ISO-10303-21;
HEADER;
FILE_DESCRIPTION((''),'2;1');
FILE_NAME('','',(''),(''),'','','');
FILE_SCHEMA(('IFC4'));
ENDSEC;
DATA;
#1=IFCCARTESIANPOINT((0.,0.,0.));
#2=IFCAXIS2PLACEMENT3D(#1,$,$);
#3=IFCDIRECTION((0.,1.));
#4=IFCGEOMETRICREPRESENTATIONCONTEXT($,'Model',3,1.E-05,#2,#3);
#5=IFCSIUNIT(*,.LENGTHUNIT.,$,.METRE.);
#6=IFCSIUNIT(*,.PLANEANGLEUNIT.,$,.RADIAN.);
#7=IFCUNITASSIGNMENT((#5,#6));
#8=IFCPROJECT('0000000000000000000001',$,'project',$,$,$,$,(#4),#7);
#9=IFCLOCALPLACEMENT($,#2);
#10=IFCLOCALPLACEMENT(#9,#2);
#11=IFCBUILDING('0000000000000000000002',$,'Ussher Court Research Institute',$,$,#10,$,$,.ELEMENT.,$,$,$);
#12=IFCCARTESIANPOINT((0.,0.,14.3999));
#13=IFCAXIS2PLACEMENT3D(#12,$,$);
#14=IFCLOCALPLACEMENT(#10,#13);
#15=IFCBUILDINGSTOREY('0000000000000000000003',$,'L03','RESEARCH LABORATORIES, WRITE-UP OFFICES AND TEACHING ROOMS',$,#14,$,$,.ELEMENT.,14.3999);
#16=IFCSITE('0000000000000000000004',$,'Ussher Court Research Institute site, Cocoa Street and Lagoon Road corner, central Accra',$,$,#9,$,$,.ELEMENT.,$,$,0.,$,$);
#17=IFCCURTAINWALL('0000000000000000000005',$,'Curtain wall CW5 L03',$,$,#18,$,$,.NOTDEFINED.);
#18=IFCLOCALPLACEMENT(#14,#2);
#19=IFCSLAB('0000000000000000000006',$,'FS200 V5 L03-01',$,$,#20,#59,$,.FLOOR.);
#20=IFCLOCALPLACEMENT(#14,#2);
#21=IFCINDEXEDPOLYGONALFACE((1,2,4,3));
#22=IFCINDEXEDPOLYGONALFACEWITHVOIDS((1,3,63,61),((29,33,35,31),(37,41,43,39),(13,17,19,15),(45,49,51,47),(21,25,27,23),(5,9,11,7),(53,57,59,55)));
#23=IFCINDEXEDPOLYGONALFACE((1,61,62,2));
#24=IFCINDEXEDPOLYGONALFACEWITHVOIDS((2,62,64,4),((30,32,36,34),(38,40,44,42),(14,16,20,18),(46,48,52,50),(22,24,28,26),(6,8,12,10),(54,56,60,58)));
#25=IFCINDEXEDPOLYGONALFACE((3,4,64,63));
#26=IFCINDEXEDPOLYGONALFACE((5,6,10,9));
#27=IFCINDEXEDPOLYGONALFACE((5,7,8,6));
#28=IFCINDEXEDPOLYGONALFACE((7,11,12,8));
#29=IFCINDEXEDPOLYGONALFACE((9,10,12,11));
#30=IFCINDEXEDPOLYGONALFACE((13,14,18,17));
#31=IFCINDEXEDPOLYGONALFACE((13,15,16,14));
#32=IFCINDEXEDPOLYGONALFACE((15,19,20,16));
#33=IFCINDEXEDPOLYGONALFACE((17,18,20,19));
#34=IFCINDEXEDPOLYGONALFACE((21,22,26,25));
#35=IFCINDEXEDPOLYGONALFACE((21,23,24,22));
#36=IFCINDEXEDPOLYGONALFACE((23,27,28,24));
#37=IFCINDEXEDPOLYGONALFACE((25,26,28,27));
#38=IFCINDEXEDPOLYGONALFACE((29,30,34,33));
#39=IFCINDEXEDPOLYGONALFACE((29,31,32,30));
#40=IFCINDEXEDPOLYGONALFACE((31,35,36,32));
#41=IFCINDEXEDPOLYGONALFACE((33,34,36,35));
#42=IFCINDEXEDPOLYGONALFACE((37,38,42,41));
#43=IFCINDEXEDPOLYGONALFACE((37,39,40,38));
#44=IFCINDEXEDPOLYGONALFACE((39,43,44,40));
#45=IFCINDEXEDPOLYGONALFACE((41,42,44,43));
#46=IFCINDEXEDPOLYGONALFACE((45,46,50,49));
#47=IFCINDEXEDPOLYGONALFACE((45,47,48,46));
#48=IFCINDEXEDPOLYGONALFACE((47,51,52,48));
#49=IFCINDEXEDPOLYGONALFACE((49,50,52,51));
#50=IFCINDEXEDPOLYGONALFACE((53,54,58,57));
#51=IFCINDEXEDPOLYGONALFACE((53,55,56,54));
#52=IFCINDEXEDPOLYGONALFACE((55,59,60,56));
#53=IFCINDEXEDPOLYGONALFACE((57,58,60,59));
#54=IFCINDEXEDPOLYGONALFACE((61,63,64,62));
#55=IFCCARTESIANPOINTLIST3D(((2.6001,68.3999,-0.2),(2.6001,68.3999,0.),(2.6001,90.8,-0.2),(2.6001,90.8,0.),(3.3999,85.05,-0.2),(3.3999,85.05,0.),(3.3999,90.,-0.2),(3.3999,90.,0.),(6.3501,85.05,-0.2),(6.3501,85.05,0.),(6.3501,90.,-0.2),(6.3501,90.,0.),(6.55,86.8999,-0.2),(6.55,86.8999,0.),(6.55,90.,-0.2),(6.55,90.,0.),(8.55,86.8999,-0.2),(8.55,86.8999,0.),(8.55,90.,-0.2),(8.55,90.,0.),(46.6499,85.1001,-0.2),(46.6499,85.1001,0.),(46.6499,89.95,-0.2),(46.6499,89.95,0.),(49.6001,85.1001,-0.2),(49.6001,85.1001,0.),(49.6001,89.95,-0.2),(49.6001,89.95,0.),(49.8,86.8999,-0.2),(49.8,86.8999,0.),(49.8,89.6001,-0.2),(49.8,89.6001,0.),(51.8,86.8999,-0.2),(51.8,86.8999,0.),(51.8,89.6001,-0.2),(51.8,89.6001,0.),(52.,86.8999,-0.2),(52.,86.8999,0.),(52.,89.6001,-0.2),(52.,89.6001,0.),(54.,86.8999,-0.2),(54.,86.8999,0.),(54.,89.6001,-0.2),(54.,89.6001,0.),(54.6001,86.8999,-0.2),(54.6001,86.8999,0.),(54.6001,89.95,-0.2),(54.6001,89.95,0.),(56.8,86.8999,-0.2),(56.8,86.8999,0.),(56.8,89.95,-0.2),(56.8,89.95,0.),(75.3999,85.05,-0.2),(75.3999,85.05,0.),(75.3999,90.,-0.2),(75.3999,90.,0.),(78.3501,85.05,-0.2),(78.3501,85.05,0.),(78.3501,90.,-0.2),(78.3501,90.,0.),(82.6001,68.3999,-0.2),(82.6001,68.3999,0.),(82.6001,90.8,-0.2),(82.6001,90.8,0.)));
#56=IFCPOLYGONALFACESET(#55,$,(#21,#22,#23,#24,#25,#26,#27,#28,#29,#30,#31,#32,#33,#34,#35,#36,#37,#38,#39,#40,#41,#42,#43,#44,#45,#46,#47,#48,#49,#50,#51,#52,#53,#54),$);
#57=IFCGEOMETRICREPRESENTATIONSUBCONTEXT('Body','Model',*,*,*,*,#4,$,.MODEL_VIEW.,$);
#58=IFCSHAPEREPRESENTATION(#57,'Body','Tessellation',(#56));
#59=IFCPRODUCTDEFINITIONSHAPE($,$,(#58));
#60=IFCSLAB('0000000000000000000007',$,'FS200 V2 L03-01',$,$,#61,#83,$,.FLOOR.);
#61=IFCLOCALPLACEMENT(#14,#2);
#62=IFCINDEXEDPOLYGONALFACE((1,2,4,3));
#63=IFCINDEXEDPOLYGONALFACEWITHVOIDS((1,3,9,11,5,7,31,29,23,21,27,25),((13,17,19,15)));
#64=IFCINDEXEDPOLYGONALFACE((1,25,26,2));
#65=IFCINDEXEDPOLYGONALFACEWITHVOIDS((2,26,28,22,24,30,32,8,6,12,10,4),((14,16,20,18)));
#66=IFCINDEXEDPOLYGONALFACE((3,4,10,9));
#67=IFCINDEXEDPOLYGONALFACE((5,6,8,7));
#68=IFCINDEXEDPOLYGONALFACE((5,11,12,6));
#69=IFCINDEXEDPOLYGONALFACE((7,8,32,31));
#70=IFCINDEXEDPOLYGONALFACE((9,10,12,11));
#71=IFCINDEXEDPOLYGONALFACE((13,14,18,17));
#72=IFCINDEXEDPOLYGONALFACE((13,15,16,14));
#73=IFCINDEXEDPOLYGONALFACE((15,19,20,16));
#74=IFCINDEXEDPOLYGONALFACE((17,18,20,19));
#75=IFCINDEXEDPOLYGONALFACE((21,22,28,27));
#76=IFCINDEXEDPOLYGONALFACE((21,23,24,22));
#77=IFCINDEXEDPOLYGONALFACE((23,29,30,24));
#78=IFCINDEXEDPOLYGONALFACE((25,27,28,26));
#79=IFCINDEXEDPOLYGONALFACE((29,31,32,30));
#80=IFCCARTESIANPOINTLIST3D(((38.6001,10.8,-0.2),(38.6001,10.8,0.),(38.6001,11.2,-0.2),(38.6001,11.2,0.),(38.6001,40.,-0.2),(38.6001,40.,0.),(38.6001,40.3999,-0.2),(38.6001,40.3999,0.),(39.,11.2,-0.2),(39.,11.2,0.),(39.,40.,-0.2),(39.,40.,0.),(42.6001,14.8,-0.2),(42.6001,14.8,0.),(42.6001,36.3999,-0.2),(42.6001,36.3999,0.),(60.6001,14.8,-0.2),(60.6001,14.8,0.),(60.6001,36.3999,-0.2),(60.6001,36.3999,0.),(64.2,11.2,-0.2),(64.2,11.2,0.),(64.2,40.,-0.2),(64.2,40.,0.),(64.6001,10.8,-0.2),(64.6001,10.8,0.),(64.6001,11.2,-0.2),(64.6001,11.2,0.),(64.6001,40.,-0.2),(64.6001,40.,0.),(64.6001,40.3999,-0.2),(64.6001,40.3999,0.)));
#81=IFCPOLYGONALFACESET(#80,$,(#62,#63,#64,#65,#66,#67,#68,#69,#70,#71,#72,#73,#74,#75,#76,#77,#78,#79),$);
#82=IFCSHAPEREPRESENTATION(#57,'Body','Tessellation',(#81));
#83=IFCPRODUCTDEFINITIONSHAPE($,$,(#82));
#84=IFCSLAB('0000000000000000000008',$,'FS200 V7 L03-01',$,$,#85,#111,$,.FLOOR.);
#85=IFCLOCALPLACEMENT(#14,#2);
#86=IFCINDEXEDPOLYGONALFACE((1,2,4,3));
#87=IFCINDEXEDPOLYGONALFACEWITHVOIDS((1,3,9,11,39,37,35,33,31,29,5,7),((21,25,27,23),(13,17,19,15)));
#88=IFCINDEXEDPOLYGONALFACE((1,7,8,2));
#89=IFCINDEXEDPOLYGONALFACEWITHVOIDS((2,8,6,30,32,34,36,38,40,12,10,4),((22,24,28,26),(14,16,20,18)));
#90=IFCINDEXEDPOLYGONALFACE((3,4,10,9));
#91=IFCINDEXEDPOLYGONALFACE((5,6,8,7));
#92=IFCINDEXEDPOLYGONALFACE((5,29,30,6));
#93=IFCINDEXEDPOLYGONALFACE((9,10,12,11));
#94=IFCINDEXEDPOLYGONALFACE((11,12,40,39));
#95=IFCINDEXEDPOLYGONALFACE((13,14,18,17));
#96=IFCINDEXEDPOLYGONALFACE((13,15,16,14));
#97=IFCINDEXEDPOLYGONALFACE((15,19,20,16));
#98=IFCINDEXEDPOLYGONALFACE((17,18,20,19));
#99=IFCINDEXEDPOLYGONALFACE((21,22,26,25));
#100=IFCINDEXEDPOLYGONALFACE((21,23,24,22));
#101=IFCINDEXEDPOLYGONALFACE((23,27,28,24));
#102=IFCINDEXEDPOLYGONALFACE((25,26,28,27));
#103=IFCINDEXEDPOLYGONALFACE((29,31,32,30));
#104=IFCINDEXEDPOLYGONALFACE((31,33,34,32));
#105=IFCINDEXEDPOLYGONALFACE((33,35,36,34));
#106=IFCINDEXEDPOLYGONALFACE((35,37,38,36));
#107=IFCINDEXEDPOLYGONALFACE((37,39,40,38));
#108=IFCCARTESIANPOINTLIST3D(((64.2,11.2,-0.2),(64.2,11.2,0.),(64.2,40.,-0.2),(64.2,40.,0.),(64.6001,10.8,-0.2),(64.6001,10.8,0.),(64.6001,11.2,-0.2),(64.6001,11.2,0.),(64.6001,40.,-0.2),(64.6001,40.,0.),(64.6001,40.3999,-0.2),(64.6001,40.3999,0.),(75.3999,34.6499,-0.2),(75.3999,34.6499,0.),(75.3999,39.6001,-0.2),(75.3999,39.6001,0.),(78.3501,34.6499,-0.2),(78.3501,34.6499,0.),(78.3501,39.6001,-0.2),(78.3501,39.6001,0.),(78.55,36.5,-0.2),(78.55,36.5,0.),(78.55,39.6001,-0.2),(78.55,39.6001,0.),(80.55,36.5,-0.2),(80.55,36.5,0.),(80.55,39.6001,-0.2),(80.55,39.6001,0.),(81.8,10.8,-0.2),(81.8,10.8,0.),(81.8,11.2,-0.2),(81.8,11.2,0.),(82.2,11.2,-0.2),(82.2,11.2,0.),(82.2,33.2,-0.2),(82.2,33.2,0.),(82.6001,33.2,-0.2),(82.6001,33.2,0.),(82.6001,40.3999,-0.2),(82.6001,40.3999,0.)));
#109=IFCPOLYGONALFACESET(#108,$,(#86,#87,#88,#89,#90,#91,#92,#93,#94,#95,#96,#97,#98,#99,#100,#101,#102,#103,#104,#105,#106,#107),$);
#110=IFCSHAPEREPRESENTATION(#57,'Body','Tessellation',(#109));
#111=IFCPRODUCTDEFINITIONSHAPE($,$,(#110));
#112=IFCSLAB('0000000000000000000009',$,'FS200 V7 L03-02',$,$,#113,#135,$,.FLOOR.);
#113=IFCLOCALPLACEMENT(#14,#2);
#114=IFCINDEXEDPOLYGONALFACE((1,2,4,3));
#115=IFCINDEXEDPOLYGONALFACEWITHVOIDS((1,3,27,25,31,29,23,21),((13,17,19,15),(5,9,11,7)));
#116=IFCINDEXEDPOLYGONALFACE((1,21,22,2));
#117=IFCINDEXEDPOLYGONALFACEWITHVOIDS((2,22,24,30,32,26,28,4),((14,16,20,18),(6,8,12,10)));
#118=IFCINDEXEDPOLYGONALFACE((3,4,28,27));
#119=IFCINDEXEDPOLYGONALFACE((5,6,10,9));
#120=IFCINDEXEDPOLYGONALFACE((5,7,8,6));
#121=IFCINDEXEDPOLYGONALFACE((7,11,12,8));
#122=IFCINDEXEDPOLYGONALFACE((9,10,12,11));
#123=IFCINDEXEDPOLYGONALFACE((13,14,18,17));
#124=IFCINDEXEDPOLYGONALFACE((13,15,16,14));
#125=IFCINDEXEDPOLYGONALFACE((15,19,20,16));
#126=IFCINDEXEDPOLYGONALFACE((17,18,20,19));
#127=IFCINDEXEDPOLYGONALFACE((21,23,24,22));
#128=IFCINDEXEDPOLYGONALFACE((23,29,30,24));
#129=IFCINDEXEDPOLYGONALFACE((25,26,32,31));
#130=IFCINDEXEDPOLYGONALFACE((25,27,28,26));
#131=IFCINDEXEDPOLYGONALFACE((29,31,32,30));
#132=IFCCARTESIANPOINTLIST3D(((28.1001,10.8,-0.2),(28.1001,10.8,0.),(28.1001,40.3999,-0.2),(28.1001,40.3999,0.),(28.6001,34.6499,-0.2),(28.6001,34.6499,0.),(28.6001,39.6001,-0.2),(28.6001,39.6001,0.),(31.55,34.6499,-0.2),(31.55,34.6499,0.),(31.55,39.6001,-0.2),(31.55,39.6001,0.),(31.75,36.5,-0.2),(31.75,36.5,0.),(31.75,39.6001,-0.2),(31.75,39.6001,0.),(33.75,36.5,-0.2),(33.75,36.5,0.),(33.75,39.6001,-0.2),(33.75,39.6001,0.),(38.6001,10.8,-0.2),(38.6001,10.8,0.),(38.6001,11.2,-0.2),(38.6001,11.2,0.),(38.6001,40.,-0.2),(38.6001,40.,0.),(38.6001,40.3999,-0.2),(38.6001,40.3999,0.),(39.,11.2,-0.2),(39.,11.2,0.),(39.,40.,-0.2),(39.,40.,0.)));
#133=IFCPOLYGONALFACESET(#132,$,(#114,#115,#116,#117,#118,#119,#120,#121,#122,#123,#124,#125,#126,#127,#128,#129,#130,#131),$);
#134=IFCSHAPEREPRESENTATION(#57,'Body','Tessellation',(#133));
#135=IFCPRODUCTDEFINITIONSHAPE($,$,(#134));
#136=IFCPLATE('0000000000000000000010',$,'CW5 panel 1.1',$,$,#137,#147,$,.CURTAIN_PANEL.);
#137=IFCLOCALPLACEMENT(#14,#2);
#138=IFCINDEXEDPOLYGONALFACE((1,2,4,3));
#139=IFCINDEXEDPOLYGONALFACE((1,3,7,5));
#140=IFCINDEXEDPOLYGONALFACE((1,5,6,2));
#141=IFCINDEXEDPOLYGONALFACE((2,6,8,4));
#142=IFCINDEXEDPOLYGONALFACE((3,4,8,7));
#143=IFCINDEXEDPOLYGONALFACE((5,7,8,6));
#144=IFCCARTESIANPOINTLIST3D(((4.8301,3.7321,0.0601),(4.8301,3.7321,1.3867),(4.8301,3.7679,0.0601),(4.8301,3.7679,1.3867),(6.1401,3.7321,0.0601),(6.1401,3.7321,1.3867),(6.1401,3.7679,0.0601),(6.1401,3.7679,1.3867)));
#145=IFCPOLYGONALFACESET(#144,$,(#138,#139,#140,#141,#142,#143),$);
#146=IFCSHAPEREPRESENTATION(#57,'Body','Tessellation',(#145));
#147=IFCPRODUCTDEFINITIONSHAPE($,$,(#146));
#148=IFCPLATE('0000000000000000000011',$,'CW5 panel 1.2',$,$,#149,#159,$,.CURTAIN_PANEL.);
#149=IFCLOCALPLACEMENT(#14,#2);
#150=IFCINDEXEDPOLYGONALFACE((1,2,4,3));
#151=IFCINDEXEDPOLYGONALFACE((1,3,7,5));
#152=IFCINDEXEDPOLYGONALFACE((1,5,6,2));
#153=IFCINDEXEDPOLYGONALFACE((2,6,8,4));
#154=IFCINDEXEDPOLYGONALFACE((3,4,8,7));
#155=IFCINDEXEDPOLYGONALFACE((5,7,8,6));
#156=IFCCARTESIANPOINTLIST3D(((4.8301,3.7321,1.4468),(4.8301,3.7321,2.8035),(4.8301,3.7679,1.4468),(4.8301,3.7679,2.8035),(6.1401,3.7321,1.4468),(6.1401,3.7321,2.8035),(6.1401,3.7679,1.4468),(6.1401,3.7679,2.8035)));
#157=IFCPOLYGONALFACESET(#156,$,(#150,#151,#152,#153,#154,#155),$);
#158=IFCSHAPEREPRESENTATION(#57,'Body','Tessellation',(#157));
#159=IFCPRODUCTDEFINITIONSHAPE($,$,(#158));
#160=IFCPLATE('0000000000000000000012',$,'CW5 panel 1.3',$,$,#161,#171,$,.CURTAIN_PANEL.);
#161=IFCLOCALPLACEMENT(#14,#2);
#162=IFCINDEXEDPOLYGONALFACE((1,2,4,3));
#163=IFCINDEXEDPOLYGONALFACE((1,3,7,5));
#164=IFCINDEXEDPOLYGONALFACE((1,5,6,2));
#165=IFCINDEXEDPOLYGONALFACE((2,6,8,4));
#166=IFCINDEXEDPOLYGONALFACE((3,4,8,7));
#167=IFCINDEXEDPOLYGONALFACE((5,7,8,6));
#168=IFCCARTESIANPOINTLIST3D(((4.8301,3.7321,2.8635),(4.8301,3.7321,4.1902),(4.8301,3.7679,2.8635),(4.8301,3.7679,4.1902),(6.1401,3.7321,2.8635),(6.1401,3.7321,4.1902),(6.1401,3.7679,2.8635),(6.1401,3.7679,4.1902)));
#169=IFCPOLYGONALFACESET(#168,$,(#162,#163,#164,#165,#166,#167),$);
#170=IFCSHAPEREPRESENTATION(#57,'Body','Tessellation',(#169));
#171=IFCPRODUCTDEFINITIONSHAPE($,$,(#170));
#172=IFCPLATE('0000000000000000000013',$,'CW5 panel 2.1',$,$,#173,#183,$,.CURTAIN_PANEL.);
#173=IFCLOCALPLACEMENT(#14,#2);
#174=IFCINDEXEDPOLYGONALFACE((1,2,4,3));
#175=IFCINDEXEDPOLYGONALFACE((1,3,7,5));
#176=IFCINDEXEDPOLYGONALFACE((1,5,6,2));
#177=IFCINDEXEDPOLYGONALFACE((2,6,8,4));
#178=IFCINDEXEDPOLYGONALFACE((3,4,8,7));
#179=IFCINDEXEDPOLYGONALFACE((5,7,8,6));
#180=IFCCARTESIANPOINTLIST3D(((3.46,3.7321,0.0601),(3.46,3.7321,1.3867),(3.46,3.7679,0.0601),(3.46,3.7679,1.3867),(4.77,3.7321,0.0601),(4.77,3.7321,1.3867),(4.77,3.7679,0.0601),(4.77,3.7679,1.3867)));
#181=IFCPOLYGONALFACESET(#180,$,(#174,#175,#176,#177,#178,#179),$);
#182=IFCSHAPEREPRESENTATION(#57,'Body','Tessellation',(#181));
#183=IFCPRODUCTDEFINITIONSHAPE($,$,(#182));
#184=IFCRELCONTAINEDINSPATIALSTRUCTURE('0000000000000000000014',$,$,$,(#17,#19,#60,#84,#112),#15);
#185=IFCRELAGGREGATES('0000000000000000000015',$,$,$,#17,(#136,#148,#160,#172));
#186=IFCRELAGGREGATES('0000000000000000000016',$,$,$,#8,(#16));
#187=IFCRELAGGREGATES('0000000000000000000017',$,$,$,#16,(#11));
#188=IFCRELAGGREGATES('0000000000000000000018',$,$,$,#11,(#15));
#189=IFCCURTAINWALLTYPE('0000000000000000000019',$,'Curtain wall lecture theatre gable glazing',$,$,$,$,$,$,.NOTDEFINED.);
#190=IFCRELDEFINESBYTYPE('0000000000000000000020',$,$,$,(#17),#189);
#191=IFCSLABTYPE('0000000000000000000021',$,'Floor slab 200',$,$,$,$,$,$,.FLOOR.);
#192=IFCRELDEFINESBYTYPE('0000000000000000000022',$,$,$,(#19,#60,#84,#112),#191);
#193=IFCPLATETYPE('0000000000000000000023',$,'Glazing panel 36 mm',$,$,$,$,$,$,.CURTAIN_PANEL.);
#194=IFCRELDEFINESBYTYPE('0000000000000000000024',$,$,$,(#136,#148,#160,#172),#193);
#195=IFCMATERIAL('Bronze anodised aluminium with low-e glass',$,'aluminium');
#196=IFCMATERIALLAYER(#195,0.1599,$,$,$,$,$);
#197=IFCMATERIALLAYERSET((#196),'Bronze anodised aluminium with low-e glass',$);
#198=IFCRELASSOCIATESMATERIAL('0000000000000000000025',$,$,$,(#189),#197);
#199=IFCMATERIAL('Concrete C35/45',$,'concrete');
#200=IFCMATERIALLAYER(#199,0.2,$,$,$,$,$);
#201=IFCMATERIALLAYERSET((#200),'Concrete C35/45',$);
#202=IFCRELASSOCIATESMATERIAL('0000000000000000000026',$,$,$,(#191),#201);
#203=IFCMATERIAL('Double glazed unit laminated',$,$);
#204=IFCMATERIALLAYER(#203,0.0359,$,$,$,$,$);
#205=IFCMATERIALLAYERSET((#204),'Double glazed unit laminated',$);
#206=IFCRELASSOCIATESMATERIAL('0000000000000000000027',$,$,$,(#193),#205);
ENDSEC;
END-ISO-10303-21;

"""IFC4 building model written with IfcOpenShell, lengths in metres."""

from ifc_helpers import new_model, si_unit, direction, frame, origin, origin_2d, place, context, subcontext, project, spatial, polyline, rectangle, outline, extrude, material, layer, layer_set, type_object, element, aggregate, save


model = new_model("IFC4")

# Units and contexts
model_context = context("Model", 3, precision=1e-05, world=origin(), true_north=direction((0.0, 1.0)))
body_context = subcontext(model_context, "Body", "Model", "MODEL_VIEW")
ifc_project = project(units=[si_unit("LENGTHUNIT", "METRE"), si_unit("PLANEANGLEUNIT", "RADIAN")], contexts=[model_context])

# Site, building, storey
site_placement = place(None, origin())
site = spatial("IfcSite", under=ifc_project, at=site_placement, Name="Ussher Court Research Institute site, Cocoa Street and Lagoon Road corner, central Accra", CompositionType="ELEMENT", RefElevation=0.0)
building_placement = place(site_placement, origin())
building = spatial("IfcBuilding", under=site, at=building_placement, Name="Ussher Court Research Institute", CompositionType="ELEMENT")
storey_placement = place(building_placement, frame((0.0, 0.0, 14.3999)))
storey = spatial("IfcBuildingStorey", under=building, at=storey_placement, Name="L03", Description="RESEARCH LABORATORIES, WRITE-UP OFFICES AND TEACHING ROOMS", CompositionType="ELEMENT", Elevation=14.3999)

# Curtain wall
ifc_material_1 = material(Name="Bronze anodised aluminium with low-e glass", Category="aluminium")
ifc_layer_1 = layer(ifc_material_1, 0.1599)
ifc_layer_set_1 = layer_set([ifc_layer_1], Name="Bronze anodised aluminium with low-e glass")
curtain_wall_type = type_object("IfcCurtainWallType", Name="Curtain wall lecture theatre gable glazing", PredefinedType="NOTDEFINED", material=ifc_layer_set_1)
curtain_wall_placement = place(storey_placement, origin())
curtain_wall = element("IfcCurtainWall", 1, at=curtain_wall_placement, inside=storey, type_object=curtain_wall_type, Name="Curtain wall CW5 L03", PredefinedType="NOTDEFINED")

# Slabs
ifc_material_2 = material(Name="Concrete C35/45", Category="concrete")
ifc_layer_2 = layer(ifc_material_2, 0.2)
ifc_layer_set_2 = layer_set([ifc_layer_2], Name="Concrete C35/45")
slab_type_1 = type_object("IfcSlabType", Name="Floor slab 200", PredefinedType="FLOOR", material=ifc_layer_set_2)
slab_1_placement = place(storey_placement, frame((0.0, 0.0, -0.2)))
element("IfcSlab", 2, at=slab_1_placement, inside=storey, type_object=slab_type_1, Name="FS200 V5 L03-01", PredefinedType="FLOOR", context=body_context, shape_type="SweptSolid", body=[
    extrude(outline(polyline([(82.6001, 90.8), (2.6001, 90.8), (2.6001, 68.3999), (82.6001, 68.3999), (82.6001, 90.8)]), holes=[polyline([(3.3999, 85.05), (3.3999, 90.0), (6.3501, 90.0), (6.3501, 85.05), (3.3999, 85.05)]), polyline([(46.6499, 85.1001), (46.6499, 89.95), (49.6001, 89.95), (49.6001, 85.1001), (46.6499, 85.1001)]), polyline([(51.8, 86.8999), (49.8, 86.8999), (49.8, 89.6001), (51.8, 89.6001), (51.8, 86.8999)]), polyline([(54.0, 86.8999), (52.0, 86.8999), (52.0, 89.6001), (54.0, 89.6001), (54.0, 86.8999)]), polyline([(56.8, 86.8999), (54.6001, 86.8999), (54.6001, 89.95), (56.8, 89.95), (56.8, 86.8999)]), polyline([(8.55, 86.8999), (6.55, 86.8999), (6.55, 90.0), (8.55, 90.0), (8.55, 86.8999)]), polyline([(75.3999, 85.05), (75.3999, 90.0), (78.3501, 90.0), (78.3501, 85.05), (75.3999, 85.05)])]), origin(), (0.0, 0.0, 1.0), 0.2),
])
slab_2_placement = place(storey_placement, frame((0.0, 0.0, -0.2)))
element("IfcSlab", 3, at=slab_2_placement, inside=storey, type_object=slab_type_1, Name="FS200 V2 L03-01", PredefinedType="FLOOR", context=body_context, shape_type="SweptSolid", body=[
    extrude(outline(polyline([(39.0, 40.0), (39.0, 11.2), (38.6001, 11.2), (38.6001, 10.8), (64.6001, 10.8), (64.6001, 11.2), (64.2, 11.2), (64.2, 40.0), (64.6001, 40.0), (64.6001, 40.3999), (38.6001, 40.3999), (38.6001, 40.0), (39.0, 40.0)]), holes=[polyline([(42.6001, 36.3999), (60.6001, 36.3999), (60.6001, 14.8), (42.6001, 14.8), (42.6001, 36.3999)])]), origin(), (0.0, 0.0, 1.0), 0.2),
])
slab_3_placement = place(storey_placement, frame((0.0, 0.0, -0.2)))
element("IfcSlab", 4, at=slab_3_placement, inside=storey, type_object=slab_type_1, Name="FS200 V7 L03-01", PredefinedType="FLOOR", context=body_context, shape_type="SweptSolid", body=[
    extrude(outline(polyline([(64.2, 40.0), (64.2, 11.2), (64.6001, 11.2), (64.6001, 10.8), (81.8, 10.8), (81.8, 11.2), (82.2, 11.2), (82.2, 33.2), (82.6001, 33.2), (82.6001, 40.3999), (64.6001, 40.3999), (64.6001, 40.0), (64.2, 40.0)]), holes=[polyline([(78.3501, 34.6499), (75.3999, 34.6499), (75.3999, 39.6001), (78.3501, 39.6001), (78.3501, 34.6499)]), polyline([(80.55, 39.6001), (80.55, 36.5), (78.55, 36.5), (78.55, 39.6001), (80.55, 39.6001)])]), origin(), (0.0, 0.0, 1.0), 0.2),
])
slab_4_placement = place(storey_placement, frame((0.0, 0.0, -0.2)))
element("IfcSlab", 5, at=slab_4_placement, inside=storey, type_object=slab_type_1, Name="FS200 V7 L03-02", PredefinedType="FLOOR", context=body_context, shape_type="SweptSolid", body=[
    extrude(outline(polyline([(39.0, 40.0), (38.6001, 40.0), (38.6001, 40.3999), (28.1001, 40.3999), (28.1001, 10.8), (38.6001, 10.8), (38.6001, 11.2), (39.0, 11.2), (39.0, 40.0)]), holes=[polyline([(31.55, 34.6499), (28.6001, 34.6499), (28.6001, 39.6001), (31.55, 39.6001), (31.55, 34.6499)]), polyline([(33.75, 39.6001), (33.75, 36.5), (31.75, 36.5), (31.75, 39.6001), (33.75, 39.6001)])]), origin(), (0.0, 0.0, 1.0), 0.2),
])

# Plates
ifc_material_3 = material(Name="Double glazed unit laminated")
ifc_layer_3 = layer(ifc_material_3, 0.0359)
ifc_layer_set_3 = layer_set([ifc_layer_3], Name="Double glazed unit laminated")
plate_type = type_object("IfcPlateType", Name="Glazing panel 36 mm", PredefinedType="CURTAIN_PANEL", material=ifc_layer_set_3)
plate_1_placement = place(storey_placement, frame((5.4851, 3.75, 0.0601), z_axis=(0.0, 0.0, 1.0), x_axis=(-1.0, 0.0, 0.0)))
plate_1 = element("IfcPlate", 6, at=plate_1_placement, type_object=plate_type, Name="CW5 panel 1.1", PredefinedType="CURTAIN_PANEL", context=body_context, shape_type="SweptSolid", body=[
    extrude(rectangle(XDim=1.3101, YDim=0.0359, at=origin_2d()), origin(), (0.0, 0.0, 1.0), 1.3267),
])
plate_2_placement = place(storey_placement, frame((5.4851, 3.75, 1.4468), z_axis=(0.0, 0.0, 1.0), x_axis=(-1.0, 0.0, 0.0)))
plate_2 = element("IfcPlate", 7, at=plate_2_placement, type_object=plate_type, Name="CW5 panel 1.2", PredefinedType="CURTAIN_PANEL", context=body_context, shape_type="SweptSolid", body=[
    extrude(rectangle(XDim=1.3101, YDim=0.0359, at=origin_2d()), origin(), (0.0, 0.0, 1.0), 1.3567),
])
plate_3_placement = place(storey_placement, frame((5.4851, 3.75, 2.8635), z_axis=(0.0, 0.0, 1.0), x_axis=(-1.0, 0.0, 0.0)))
plate_3 = element("IfcPlate", 8, at=plate_3_placement, type_object=plate_type, Name="CW5 panel 1.3", PredefinedType="CURTAIN_PANEL", context=body_context, shape_type="SweptSolid", body=[
    extrude(rectangle(XDim=1.3101, YDim=0.0359, at=origin_2d()), origin(), (0.0, 0.0, 1.0), 1.3267),
])
plate_4_placement = place(storey_placement, frame((4.115, 3.75, 0.0601), z_axis=(0.0, 0.0, 1.0), x_axis=(-1.0, 0.0, 0.0)))
plate_4 = element("IfcPlate", 9, at=plate_4_placement, type_object=plate_type, Name="CW5 panel 2.1", PredefinedType="CURTAIN_PANEL", context=body_context, shape_type="SweptSolid", body=[
    extrude(rectangle(XDim=1.3101, YDim=0.0359, at=origin_2d()), origin(), (0.0, 0.0, 1.0), 1.3267),
])
aggregate(curtain_wall, [plate_1, plate_2, plate_3, plate_4])

save(model, "model.ifc")
